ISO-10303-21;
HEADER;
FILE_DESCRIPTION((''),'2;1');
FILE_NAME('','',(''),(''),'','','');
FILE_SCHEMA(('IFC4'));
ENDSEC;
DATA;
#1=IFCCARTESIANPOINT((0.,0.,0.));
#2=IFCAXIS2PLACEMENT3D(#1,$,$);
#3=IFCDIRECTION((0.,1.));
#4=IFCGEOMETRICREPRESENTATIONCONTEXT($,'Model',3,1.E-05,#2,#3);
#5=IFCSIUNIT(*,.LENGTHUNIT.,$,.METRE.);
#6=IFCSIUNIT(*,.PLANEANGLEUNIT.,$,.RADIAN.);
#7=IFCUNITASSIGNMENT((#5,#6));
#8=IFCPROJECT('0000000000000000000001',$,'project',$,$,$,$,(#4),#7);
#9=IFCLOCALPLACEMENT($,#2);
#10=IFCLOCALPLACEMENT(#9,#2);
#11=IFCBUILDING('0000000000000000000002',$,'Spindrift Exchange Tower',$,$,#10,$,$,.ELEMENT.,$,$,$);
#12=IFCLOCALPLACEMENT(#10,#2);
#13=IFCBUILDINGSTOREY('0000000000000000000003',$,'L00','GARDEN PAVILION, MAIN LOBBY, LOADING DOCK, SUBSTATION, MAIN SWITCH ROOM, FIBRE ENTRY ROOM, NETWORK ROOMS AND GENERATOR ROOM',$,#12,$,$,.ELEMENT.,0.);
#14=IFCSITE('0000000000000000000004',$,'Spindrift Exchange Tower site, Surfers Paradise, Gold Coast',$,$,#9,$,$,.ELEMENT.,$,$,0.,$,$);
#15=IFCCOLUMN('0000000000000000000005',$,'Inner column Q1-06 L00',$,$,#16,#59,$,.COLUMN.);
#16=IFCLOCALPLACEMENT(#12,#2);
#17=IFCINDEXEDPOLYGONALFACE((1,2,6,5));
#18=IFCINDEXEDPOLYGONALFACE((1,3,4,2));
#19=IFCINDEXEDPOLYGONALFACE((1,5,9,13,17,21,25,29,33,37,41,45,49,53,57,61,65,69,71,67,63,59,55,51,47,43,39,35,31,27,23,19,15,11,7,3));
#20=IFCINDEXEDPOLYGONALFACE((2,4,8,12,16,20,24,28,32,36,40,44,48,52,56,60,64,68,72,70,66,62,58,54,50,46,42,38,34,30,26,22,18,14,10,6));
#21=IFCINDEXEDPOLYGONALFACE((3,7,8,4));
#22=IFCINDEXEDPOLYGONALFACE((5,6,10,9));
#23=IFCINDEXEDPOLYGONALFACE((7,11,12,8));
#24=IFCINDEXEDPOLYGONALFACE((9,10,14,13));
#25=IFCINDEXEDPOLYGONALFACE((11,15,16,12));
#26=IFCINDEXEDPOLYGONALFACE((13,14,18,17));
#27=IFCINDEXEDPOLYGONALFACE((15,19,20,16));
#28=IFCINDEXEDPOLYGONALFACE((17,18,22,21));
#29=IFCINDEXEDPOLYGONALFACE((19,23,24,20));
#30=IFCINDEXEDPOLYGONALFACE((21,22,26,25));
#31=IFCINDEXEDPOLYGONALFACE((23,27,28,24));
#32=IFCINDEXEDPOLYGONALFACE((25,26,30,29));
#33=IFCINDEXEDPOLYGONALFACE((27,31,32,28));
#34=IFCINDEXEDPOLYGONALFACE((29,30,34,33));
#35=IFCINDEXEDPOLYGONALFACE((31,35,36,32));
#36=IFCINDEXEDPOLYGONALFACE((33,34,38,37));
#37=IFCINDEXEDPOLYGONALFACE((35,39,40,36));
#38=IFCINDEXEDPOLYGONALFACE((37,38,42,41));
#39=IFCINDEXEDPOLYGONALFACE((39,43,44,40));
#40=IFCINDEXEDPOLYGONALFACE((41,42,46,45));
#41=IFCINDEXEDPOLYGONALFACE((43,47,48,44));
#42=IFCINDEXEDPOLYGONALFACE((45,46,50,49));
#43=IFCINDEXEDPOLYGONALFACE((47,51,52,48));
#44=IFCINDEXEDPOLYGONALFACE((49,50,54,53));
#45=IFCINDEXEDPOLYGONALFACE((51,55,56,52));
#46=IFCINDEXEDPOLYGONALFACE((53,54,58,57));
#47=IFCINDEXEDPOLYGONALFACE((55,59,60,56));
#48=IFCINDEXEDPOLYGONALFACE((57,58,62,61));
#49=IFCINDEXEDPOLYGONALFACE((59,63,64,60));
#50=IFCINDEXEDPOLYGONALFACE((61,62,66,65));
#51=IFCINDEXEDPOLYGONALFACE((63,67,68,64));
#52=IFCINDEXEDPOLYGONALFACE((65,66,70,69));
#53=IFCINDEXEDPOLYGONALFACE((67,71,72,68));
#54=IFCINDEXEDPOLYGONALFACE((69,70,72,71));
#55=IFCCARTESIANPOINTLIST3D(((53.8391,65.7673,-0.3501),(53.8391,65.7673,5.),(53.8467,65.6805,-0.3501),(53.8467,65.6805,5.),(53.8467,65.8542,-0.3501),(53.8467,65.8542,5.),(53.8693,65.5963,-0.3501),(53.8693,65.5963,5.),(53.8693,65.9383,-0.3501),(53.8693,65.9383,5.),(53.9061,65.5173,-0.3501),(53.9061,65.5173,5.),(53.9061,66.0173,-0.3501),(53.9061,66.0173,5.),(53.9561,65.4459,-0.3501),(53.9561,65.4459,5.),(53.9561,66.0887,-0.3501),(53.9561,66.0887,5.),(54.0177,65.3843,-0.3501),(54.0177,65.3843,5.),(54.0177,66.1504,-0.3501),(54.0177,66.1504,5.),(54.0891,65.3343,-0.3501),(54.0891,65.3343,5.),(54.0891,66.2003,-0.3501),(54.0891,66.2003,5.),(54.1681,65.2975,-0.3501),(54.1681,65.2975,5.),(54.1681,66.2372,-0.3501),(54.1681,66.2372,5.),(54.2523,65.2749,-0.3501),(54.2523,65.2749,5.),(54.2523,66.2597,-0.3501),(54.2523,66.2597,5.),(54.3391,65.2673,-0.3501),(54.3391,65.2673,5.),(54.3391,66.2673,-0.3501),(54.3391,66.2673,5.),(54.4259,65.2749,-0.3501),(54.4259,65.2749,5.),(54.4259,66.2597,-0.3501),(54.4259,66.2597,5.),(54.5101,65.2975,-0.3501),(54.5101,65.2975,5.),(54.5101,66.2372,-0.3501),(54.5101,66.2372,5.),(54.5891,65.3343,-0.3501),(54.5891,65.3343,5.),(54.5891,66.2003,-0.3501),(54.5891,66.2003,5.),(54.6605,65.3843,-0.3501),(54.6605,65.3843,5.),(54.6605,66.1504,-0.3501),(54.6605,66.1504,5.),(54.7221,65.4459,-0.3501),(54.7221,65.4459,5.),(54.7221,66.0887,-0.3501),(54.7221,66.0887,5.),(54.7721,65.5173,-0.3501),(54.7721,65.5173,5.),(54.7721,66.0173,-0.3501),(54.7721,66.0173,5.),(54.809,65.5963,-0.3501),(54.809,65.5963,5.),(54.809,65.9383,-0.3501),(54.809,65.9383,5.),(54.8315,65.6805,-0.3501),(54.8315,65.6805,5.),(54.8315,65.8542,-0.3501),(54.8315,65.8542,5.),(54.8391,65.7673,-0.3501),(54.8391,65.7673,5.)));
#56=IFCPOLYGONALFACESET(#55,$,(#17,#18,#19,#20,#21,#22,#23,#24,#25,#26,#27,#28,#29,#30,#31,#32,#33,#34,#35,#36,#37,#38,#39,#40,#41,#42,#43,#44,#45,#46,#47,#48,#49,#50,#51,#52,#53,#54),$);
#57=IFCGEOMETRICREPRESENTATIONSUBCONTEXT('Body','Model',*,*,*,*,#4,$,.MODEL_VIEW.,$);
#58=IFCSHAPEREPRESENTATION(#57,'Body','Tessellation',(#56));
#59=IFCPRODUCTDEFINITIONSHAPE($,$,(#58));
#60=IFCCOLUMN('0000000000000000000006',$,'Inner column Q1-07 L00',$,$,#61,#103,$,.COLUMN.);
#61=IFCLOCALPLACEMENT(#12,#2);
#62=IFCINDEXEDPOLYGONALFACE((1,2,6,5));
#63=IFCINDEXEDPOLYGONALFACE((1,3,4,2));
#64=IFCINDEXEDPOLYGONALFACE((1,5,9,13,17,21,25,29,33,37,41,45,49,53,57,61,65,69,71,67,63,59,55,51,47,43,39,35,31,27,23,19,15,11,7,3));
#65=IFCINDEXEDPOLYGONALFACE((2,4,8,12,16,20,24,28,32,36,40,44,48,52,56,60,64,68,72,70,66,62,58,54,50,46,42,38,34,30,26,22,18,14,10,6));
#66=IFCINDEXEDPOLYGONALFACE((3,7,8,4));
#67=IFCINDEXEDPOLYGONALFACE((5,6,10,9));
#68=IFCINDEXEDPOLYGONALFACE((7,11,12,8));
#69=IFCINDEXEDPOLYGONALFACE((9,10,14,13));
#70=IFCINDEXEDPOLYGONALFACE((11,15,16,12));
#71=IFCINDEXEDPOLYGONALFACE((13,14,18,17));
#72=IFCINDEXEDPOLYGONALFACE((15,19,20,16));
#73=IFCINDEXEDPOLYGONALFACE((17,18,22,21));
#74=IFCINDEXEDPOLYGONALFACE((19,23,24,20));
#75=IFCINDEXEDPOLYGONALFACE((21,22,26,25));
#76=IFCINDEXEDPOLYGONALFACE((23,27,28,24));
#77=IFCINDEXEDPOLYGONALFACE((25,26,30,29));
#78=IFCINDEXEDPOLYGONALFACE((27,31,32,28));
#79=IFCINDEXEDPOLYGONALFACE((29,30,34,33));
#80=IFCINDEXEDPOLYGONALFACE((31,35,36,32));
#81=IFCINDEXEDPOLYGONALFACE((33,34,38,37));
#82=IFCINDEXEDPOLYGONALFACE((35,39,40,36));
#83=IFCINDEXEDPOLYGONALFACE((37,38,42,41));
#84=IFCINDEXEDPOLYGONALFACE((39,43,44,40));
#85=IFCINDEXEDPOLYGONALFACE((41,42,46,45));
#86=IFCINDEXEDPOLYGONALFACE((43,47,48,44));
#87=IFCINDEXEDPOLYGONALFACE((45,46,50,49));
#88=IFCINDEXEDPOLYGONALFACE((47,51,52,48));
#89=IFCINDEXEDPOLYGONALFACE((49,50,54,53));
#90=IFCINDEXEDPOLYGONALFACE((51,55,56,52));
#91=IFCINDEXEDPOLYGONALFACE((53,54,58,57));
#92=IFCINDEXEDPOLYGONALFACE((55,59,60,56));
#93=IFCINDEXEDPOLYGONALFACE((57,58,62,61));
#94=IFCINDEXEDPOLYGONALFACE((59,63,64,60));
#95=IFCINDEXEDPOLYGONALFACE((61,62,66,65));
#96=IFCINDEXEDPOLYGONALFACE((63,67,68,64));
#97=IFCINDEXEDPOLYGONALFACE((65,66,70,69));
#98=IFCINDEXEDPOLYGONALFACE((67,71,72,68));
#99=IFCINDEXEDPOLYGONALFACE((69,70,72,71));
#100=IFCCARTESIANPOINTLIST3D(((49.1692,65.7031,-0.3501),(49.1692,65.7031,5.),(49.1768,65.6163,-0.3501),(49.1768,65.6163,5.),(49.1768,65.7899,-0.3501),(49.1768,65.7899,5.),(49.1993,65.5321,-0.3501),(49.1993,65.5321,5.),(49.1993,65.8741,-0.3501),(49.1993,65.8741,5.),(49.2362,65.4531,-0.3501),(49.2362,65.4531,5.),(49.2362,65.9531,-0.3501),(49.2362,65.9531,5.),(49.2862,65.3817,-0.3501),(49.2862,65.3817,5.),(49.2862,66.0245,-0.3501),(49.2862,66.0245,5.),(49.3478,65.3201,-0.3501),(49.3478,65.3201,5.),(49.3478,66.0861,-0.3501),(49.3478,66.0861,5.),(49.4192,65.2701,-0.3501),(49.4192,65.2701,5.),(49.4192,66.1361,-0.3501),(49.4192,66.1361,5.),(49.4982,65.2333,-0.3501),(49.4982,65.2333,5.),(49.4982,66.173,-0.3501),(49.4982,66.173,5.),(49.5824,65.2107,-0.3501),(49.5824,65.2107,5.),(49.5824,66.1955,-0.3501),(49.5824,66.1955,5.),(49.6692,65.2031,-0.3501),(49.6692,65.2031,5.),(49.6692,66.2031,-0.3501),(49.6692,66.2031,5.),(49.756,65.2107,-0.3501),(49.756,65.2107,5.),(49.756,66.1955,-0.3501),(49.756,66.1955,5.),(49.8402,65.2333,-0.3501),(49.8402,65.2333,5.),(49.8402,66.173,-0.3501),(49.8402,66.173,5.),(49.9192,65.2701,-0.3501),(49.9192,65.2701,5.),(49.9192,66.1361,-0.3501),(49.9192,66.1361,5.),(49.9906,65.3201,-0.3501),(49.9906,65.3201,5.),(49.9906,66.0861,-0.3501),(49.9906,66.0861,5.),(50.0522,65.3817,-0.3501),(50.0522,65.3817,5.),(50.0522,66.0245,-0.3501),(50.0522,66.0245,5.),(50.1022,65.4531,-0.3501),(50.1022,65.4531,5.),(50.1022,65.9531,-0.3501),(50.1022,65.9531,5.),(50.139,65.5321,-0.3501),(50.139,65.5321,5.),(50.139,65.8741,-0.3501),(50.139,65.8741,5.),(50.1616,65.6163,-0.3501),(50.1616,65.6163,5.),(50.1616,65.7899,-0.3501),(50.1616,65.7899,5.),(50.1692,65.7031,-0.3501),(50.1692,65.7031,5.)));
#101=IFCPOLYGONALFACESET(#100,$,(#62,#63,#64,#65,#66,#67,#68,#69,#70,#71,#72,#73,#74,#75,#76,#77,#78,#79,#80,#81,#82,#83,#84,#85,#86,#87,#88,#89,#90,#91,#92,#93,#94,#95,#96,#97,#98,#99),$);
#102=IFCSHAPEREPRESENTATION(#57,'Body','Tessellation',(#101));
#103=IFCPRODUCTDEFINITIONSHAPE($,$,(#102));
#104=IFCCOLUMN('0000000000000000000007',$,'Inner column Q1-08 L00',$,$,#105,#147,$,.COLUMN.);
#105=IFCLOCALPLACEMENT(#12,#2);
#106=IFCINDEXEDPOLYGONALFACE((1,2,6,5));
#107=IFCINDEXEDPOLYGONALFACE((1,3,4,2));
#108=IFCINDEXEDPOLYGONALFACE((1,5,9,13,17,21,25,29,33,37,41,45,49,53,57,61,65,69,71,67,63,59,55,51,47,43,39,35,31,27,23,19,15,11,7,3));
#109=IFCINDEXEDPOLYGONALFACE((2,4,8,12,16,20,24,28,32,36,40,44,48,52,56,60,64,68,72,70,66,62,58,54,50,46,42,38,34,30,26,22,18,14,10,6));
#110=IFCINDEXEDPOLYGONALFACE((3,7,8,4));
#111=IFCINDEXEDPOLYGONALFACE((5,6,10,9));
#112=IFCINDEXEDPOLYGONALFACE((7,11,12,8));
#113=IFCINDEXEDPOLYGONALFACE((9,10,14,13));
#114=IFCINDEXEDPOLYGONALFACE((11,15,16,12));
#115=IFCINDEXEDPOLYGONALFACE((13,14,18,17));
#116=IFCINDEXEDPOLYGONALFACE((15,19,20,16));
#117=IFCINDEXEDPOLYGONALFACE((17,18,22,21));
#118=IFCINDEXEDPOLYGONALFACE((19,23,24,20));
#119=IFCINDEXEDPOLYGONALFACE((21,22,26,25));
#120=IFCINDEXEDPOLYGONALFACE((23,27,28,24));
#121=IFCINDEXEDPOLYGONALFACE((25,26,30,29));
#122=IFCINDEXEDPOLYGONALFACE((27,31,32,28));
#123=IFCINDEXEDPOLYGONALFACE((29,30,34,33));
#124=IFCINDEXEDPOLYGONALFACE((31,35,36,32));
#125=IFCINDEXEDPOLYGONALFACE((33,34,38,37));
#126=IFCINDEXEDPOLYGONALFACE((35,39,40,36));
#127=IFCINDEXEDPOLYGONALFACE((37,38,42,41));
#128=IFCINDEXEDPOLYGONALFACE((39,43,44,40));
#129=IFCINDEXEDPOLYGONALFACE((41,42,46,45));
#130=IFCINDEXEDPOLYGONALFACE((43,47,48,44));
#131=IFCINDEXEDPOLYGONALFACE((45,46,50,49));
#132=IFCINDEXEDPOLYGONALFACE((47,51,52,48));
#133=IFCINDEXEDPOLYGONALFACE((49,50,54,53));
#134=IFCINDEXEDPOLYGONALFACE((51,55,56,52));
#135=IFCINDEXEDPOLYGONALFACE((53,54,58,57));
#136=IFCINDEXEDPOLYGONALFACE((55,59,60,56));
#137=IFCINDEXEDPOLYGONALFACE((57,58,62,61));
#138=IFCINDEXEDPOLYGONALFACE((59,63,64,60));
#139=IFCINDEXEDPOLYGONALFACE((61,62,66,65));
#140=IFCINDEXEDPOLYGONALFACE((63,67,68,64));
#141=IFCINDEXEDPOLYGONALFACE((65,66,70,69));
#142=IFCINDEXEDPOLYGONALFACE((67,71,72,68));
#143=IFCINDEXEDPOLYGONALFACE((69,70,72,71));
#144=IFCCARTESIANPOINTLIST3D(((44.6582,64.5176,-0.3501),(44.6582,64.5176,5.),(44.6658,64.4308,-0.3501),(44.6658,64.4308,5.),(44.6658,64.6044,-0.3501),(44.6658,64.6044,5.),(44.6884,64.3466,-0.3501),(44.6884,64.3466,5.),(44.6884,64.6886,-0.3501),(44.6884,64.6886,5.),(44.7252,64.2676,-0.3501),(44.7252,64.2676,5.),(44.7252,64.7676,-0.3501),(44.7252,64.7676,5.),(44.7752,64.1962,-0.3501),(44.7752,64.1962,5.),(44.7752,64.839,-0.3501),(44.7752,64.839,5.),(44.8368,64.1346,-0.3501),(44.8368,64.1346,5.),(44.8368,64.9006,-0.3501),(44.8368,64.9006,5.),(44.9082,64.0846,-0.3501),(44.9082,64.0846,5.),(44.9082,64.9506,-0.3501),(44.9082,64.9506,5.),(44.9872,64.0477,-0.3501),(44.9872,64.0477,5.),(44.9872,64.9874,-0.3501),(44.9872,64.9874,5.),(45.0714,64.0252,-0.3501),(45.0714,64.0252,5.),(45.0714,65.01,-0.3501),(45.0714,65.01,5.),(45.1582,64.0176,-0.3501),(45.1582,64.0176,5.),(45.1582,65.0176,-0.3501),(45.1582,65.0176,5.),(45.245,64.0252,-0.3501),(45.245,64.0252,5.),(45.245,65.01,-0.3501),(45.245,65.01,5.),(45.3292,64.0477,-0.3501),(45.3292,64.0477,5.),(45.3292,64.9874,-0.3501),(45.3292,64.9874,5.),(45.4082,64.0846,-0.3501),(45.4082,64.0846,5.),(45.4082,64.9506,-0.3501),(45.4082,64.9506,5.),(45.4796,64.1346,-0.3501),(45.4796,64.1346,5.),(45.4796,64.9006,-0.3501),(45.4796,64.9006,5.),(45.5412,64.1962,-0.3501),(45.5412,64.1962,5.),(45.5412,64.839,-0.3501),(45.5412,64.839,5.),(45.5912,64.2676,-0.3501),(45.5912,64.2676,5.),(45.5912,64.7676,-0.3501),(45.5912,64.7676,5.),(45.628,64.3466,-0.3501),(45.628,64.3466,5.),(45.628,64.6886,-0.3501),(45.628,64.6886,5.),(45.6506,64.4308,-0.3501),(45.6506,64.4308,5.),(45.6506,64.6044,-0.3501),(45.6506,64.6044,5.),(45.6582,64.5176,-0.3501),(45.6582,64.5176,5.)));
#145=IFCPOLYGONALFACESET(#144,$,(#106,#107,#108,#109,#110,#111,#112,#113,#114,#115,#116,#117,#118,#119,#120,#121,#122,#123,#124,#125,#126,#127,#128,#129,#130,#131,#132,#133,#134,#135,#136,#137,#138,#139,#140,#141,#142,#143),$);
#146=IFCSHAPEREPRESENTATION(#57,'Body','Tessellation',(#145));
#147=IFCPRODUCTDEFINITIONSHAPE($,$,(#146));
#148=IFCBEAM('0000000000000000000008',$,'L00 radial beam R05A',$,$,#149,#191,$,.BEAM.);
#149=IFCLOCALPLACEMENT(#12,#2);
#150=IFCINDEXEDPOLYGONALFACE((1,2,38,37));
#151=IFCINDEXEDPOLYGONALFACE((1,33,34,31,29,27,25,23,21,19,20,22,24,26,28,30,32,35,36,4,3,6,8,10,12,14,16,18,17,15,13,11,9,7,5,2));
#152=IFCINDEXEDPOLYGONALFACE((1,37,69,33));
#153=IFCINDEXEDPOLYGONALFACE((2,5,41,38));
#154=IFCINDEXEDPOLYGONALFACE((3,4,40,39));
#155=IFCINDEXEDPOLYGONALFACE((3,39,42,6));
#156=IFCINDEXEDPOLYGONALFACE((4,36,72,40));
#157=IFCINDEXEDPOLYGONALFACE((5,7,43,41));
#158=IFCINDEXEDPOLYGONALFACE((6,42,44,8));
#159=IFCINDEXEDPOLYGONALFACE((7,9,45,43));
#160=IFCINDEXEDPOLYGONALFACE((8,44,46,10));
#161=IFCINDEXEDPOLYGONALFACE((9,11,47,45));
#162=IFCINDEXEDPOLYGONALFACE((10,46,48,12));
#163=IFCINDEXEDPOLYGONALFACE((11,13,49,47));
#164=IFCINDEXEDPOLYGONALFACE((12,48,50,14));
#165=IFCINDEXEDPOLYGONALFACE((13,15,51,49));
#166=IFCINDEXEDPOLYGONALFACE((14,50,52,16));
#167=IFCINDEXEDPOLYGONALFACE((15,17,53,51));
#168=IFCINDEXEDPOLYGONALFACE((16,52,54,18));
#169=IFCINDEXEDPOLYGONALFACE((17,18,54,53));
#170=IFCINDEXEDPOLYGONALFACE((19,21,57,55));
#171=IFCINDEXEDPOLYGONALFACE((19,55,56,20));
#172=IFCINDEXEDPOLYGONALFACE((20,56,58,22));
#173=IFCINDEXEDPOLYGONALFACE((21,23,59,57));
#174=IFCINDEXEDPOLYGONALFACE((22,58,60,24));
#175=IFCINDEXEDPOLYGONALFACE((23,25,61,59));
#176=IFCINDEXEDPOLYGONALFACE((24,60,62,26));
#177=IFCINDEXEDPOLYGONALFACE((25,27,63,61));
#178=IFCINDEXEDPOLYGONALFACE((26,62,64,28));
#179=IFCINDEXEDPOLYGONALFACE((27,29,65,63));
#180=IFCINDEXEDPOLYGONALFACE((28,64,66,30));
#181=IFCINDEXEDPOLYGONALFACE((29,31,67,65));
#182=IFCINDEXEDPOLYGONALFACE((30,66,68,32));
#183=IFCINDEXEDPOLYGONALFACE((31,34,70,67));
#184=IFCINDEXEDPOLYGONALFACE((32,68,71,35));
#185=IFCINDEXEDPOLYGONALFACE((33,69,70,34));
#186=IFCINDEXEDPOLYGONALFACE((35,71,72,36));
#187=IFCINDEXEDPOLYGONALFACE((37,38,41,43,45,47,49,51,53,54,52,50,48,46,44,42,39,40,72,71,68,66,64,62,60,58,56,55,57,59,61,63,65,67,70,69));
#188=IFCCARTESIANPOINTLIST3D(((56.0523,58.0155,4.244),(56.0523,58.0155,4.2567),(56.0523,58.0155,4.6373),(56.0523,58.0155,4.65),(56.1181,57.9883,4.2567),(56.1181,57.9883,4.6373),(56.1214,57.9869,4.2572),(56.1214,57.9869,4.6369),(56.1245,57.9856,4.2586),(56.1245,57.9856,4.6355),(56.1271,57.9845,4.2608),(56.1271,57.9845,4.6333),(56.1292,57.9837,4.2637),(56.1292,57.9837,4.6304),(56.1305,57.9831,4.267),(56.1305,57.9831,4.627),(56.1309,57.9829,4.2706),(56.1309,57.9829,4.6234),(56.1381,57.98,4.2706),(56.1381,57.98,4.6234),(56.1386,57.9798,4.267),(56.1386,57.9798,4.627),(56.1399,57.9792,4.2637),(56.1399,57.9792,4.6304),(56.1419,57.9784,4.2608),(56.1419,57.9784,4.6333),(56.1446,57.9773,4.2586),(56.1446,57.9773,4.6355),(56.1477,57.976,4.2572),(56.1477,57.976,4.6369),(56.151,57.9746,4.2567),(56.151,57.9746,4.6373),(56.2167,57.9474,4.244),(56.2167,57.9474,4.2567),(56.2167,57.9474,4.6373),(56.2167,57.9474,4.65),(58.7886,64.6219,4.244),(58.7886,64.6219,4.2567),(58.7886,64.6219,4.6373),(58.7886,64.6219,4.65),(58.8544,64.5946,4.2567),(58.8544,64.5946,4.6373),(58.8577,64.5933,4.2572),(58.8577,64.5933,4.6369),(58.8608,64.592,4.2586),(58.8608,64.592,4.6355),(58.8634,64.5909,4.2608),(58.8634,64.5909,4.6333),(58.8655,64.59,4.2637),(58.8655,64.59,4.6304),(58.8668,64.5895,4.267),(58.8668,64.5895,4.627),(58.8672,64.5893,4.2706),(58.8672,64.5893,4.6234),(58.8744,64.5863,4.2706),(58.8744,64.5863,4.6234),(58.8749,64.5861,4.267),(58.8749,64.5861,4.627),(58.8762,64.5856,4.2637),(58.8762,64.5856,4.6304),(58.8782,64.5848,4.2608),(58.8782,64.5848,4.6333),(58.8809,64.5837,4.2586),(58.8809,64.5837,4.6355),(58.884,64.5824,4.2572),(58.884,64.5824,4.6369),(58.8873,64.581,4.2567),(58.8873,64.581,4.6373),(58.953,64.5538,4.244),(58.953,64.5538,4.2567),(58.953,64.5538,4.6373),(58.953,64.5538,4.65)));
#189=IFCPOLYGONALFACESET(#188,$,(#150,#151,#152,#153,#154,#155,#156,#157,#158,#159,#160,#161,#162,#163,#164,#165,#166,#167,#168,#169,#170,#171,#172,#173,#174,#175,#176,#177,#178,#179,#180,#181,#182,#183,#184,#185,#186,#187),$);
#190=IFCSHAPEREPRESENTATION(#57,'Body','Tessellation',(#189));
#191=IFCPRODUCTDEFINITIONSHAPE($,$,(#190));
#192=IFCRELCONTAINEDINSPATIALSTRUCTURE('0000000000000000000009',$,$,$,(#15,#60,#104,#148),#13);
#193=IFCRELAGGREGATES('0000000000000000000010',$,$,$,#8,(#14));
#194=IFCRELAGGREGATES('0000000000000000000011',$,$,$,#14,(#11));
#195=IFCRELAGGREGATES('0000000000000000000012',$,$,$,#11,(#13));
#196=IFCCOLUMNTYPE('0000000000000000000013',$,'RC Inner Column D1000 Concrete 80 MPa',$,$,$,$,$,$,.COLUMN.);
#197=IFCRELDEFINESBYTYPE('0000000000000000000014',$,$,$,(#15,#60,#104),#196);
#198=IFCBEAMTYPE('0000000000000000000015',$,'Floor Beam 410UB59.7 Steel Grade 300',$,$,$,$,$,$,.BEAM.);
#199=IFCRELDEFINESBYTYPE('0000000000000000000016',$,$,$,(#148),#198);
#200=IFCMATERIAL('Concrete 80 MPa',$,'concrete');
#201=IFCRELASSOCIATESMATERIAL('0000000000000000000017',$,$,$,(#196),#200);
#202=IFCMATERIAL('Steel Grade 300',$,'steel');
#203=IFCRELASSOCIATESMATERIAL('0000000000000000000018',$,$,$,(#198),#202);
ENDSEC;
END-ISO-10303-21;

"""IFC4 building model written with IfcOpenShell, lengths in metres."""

from ifc_helpers import new_model, si_unit, direction, frame, origin, origin_2d, place, context, subcontext, project, spatial, circle, i_section, extrude, source, transform, mapped, material, material_profile, profile_set, type_object, element, save


model = new_model("IFC4")

# Units and contexts
model_context = context("Model", 3, precision=1e-05, world=origin(), true_north=direction((0.0, 1.0)))
body_context = subcontext(model_context, "Body", "Model", "MODEL_VIEW")
ifc_project = project(units=[si_unit("LENGTHUNIT", "METRE"), si_unit("PLANEANGLEUNIT", "RADIAN")], contexts=[model_context])

# Site, building, storey
site_placement = place(None, origin())
site = spatial("IfcSite", under=ifc_project, at=site_placement, Name="Spindrift Exchange Tower site, Surfers Paradise, Gold Coast", CompositionType="ELEMENT", RefElevation=0.0)
building_placement = place(site_placement, origin())
building = spatial("IfcBuilding", under=site, at=building_placement, Name="Spindrift Exchange Tower", CompositionType="ELEMENT")
storey_placement = place(building_placement, origin())
storey = spatial("IfcBuildingStorey", under=building, at=storey_placement, Name="L00", Description="GARDEN PAVILION, MAIN LOBBY, LOADING DOCK, SUBSTATION, MAIN SWITCH ROOM, FIBRE ENTRY ROOM, NETWORK ROOMS AND GENERATOR ROOM", CompositionType="ELEMENT", Elevation=0.0)

# Columns
ifc_material_1 = material(Name="Concrete 80 MPa", Category="concrete")
ifc_material_profile_1 = material_profile(ifc_material_1, circle(Radius=0.5, at=origin_2d()), Name="RC D1000")
ifc_profile_set_1 = profile_set([ifc_material_profile_1], Name="Concrete 80 MPa")
column_type_1 = type_object("IfcColumnType", Name="RC Inner Column D1000 Concrete 80 MPa", PredefinedType="COLUMN", material=ifc_profile_set_1)
shared_shape_1 = source(origin(), body_context, "Body", "SweptSolid", [
    extrude(circle(Radius=0.5, at=origin_2d()), origin(), (0.0, 0.0, 1.0), 5.3501),
])
for number, where, z_axis, x_axis, name in (
    (1, (54.3391, 65.7673, -0.3501), (0.0, 0.0, 1.0), (1.0, 0.0, 0.0), "Inner column Q1-06 L00"),
    (2, (49.6692, 65.7031, -0.3501), (0.0, 0.0, 1.0), (1.0, 0.0, 0.0), "Inner column Q1-07 L00"),
    (3, (45.1582, 64.5176, -0.3501), (0.0, 0.0, 1.0), (1.0, 0.0, 0.0), "Inner column Q1-08 L00"),
):
    element("IfcColumn", number, at=place(storey_placement, frame(where, z_axis=z_axis, x_axis=x_axis)), inside=storey, type_object=column_type_1, Name=name, PredefinedType="COLUMN", context=body_context, shape_type="MappedRepresentation", body=[
        mapped(shared_shape_1, transform((0.0, 0.0, 0.0), scale=1.0)),
    ])

# Beam
ifc_material_2 = material(Name="Steel Grade 300", Category="steel")
ifc_material_profile_2 = material_profile(ifc_material_2, i_section(OverallWidth=0.178, OverallDepth=0.406, WebThickness=0.0078, FlangeThickness=0.0127, FilletRadius=0.0139, at=origin_2d()), Name="410UB59.7")
ifc_profile_set_2 = profile_set([ifc_material_profile_2], Name="Steel Grade 300")
beam_type_1 = type_object("IfcBeamType", Name="Floor Beam 410UB59.7 Steel Grade 300", PredefinedType="BEAM", material=ifc_profile_set_2)
shared_shape_2 = source(origin(), body_context, "Body", "SweptSolid", [
    extrude(i_section(OverallWidth=0.178, OverallDepth=0.406, WebThickness=0.0078, FlangeThickness=0.0127, FilletRadius=0.0139, at=origin_2d()), origin(), (0.0, 0.0, 1.0), 7.1506),
])
beam_1_placement = place(storey_placement, frame((56.1345, 57.9814, 4.447), z_axis=(0.382665, 0.923887, 0.0), x_axis=(-0.923887, 0.382665, 0.0)))
element("IfcBeam", 4, at=beam_1_placement, inside=storey, type_object=beam_type_1, Name="L00 radial beam R05A", PredefinedType="BEAM", context=body_context, shape_type="MappedRepresentation", body=[
    mapped(shared_shape_2, transform((0.0, 0.0, 0.0), scale=1.0)),
])

save(model, "model.ifc")
